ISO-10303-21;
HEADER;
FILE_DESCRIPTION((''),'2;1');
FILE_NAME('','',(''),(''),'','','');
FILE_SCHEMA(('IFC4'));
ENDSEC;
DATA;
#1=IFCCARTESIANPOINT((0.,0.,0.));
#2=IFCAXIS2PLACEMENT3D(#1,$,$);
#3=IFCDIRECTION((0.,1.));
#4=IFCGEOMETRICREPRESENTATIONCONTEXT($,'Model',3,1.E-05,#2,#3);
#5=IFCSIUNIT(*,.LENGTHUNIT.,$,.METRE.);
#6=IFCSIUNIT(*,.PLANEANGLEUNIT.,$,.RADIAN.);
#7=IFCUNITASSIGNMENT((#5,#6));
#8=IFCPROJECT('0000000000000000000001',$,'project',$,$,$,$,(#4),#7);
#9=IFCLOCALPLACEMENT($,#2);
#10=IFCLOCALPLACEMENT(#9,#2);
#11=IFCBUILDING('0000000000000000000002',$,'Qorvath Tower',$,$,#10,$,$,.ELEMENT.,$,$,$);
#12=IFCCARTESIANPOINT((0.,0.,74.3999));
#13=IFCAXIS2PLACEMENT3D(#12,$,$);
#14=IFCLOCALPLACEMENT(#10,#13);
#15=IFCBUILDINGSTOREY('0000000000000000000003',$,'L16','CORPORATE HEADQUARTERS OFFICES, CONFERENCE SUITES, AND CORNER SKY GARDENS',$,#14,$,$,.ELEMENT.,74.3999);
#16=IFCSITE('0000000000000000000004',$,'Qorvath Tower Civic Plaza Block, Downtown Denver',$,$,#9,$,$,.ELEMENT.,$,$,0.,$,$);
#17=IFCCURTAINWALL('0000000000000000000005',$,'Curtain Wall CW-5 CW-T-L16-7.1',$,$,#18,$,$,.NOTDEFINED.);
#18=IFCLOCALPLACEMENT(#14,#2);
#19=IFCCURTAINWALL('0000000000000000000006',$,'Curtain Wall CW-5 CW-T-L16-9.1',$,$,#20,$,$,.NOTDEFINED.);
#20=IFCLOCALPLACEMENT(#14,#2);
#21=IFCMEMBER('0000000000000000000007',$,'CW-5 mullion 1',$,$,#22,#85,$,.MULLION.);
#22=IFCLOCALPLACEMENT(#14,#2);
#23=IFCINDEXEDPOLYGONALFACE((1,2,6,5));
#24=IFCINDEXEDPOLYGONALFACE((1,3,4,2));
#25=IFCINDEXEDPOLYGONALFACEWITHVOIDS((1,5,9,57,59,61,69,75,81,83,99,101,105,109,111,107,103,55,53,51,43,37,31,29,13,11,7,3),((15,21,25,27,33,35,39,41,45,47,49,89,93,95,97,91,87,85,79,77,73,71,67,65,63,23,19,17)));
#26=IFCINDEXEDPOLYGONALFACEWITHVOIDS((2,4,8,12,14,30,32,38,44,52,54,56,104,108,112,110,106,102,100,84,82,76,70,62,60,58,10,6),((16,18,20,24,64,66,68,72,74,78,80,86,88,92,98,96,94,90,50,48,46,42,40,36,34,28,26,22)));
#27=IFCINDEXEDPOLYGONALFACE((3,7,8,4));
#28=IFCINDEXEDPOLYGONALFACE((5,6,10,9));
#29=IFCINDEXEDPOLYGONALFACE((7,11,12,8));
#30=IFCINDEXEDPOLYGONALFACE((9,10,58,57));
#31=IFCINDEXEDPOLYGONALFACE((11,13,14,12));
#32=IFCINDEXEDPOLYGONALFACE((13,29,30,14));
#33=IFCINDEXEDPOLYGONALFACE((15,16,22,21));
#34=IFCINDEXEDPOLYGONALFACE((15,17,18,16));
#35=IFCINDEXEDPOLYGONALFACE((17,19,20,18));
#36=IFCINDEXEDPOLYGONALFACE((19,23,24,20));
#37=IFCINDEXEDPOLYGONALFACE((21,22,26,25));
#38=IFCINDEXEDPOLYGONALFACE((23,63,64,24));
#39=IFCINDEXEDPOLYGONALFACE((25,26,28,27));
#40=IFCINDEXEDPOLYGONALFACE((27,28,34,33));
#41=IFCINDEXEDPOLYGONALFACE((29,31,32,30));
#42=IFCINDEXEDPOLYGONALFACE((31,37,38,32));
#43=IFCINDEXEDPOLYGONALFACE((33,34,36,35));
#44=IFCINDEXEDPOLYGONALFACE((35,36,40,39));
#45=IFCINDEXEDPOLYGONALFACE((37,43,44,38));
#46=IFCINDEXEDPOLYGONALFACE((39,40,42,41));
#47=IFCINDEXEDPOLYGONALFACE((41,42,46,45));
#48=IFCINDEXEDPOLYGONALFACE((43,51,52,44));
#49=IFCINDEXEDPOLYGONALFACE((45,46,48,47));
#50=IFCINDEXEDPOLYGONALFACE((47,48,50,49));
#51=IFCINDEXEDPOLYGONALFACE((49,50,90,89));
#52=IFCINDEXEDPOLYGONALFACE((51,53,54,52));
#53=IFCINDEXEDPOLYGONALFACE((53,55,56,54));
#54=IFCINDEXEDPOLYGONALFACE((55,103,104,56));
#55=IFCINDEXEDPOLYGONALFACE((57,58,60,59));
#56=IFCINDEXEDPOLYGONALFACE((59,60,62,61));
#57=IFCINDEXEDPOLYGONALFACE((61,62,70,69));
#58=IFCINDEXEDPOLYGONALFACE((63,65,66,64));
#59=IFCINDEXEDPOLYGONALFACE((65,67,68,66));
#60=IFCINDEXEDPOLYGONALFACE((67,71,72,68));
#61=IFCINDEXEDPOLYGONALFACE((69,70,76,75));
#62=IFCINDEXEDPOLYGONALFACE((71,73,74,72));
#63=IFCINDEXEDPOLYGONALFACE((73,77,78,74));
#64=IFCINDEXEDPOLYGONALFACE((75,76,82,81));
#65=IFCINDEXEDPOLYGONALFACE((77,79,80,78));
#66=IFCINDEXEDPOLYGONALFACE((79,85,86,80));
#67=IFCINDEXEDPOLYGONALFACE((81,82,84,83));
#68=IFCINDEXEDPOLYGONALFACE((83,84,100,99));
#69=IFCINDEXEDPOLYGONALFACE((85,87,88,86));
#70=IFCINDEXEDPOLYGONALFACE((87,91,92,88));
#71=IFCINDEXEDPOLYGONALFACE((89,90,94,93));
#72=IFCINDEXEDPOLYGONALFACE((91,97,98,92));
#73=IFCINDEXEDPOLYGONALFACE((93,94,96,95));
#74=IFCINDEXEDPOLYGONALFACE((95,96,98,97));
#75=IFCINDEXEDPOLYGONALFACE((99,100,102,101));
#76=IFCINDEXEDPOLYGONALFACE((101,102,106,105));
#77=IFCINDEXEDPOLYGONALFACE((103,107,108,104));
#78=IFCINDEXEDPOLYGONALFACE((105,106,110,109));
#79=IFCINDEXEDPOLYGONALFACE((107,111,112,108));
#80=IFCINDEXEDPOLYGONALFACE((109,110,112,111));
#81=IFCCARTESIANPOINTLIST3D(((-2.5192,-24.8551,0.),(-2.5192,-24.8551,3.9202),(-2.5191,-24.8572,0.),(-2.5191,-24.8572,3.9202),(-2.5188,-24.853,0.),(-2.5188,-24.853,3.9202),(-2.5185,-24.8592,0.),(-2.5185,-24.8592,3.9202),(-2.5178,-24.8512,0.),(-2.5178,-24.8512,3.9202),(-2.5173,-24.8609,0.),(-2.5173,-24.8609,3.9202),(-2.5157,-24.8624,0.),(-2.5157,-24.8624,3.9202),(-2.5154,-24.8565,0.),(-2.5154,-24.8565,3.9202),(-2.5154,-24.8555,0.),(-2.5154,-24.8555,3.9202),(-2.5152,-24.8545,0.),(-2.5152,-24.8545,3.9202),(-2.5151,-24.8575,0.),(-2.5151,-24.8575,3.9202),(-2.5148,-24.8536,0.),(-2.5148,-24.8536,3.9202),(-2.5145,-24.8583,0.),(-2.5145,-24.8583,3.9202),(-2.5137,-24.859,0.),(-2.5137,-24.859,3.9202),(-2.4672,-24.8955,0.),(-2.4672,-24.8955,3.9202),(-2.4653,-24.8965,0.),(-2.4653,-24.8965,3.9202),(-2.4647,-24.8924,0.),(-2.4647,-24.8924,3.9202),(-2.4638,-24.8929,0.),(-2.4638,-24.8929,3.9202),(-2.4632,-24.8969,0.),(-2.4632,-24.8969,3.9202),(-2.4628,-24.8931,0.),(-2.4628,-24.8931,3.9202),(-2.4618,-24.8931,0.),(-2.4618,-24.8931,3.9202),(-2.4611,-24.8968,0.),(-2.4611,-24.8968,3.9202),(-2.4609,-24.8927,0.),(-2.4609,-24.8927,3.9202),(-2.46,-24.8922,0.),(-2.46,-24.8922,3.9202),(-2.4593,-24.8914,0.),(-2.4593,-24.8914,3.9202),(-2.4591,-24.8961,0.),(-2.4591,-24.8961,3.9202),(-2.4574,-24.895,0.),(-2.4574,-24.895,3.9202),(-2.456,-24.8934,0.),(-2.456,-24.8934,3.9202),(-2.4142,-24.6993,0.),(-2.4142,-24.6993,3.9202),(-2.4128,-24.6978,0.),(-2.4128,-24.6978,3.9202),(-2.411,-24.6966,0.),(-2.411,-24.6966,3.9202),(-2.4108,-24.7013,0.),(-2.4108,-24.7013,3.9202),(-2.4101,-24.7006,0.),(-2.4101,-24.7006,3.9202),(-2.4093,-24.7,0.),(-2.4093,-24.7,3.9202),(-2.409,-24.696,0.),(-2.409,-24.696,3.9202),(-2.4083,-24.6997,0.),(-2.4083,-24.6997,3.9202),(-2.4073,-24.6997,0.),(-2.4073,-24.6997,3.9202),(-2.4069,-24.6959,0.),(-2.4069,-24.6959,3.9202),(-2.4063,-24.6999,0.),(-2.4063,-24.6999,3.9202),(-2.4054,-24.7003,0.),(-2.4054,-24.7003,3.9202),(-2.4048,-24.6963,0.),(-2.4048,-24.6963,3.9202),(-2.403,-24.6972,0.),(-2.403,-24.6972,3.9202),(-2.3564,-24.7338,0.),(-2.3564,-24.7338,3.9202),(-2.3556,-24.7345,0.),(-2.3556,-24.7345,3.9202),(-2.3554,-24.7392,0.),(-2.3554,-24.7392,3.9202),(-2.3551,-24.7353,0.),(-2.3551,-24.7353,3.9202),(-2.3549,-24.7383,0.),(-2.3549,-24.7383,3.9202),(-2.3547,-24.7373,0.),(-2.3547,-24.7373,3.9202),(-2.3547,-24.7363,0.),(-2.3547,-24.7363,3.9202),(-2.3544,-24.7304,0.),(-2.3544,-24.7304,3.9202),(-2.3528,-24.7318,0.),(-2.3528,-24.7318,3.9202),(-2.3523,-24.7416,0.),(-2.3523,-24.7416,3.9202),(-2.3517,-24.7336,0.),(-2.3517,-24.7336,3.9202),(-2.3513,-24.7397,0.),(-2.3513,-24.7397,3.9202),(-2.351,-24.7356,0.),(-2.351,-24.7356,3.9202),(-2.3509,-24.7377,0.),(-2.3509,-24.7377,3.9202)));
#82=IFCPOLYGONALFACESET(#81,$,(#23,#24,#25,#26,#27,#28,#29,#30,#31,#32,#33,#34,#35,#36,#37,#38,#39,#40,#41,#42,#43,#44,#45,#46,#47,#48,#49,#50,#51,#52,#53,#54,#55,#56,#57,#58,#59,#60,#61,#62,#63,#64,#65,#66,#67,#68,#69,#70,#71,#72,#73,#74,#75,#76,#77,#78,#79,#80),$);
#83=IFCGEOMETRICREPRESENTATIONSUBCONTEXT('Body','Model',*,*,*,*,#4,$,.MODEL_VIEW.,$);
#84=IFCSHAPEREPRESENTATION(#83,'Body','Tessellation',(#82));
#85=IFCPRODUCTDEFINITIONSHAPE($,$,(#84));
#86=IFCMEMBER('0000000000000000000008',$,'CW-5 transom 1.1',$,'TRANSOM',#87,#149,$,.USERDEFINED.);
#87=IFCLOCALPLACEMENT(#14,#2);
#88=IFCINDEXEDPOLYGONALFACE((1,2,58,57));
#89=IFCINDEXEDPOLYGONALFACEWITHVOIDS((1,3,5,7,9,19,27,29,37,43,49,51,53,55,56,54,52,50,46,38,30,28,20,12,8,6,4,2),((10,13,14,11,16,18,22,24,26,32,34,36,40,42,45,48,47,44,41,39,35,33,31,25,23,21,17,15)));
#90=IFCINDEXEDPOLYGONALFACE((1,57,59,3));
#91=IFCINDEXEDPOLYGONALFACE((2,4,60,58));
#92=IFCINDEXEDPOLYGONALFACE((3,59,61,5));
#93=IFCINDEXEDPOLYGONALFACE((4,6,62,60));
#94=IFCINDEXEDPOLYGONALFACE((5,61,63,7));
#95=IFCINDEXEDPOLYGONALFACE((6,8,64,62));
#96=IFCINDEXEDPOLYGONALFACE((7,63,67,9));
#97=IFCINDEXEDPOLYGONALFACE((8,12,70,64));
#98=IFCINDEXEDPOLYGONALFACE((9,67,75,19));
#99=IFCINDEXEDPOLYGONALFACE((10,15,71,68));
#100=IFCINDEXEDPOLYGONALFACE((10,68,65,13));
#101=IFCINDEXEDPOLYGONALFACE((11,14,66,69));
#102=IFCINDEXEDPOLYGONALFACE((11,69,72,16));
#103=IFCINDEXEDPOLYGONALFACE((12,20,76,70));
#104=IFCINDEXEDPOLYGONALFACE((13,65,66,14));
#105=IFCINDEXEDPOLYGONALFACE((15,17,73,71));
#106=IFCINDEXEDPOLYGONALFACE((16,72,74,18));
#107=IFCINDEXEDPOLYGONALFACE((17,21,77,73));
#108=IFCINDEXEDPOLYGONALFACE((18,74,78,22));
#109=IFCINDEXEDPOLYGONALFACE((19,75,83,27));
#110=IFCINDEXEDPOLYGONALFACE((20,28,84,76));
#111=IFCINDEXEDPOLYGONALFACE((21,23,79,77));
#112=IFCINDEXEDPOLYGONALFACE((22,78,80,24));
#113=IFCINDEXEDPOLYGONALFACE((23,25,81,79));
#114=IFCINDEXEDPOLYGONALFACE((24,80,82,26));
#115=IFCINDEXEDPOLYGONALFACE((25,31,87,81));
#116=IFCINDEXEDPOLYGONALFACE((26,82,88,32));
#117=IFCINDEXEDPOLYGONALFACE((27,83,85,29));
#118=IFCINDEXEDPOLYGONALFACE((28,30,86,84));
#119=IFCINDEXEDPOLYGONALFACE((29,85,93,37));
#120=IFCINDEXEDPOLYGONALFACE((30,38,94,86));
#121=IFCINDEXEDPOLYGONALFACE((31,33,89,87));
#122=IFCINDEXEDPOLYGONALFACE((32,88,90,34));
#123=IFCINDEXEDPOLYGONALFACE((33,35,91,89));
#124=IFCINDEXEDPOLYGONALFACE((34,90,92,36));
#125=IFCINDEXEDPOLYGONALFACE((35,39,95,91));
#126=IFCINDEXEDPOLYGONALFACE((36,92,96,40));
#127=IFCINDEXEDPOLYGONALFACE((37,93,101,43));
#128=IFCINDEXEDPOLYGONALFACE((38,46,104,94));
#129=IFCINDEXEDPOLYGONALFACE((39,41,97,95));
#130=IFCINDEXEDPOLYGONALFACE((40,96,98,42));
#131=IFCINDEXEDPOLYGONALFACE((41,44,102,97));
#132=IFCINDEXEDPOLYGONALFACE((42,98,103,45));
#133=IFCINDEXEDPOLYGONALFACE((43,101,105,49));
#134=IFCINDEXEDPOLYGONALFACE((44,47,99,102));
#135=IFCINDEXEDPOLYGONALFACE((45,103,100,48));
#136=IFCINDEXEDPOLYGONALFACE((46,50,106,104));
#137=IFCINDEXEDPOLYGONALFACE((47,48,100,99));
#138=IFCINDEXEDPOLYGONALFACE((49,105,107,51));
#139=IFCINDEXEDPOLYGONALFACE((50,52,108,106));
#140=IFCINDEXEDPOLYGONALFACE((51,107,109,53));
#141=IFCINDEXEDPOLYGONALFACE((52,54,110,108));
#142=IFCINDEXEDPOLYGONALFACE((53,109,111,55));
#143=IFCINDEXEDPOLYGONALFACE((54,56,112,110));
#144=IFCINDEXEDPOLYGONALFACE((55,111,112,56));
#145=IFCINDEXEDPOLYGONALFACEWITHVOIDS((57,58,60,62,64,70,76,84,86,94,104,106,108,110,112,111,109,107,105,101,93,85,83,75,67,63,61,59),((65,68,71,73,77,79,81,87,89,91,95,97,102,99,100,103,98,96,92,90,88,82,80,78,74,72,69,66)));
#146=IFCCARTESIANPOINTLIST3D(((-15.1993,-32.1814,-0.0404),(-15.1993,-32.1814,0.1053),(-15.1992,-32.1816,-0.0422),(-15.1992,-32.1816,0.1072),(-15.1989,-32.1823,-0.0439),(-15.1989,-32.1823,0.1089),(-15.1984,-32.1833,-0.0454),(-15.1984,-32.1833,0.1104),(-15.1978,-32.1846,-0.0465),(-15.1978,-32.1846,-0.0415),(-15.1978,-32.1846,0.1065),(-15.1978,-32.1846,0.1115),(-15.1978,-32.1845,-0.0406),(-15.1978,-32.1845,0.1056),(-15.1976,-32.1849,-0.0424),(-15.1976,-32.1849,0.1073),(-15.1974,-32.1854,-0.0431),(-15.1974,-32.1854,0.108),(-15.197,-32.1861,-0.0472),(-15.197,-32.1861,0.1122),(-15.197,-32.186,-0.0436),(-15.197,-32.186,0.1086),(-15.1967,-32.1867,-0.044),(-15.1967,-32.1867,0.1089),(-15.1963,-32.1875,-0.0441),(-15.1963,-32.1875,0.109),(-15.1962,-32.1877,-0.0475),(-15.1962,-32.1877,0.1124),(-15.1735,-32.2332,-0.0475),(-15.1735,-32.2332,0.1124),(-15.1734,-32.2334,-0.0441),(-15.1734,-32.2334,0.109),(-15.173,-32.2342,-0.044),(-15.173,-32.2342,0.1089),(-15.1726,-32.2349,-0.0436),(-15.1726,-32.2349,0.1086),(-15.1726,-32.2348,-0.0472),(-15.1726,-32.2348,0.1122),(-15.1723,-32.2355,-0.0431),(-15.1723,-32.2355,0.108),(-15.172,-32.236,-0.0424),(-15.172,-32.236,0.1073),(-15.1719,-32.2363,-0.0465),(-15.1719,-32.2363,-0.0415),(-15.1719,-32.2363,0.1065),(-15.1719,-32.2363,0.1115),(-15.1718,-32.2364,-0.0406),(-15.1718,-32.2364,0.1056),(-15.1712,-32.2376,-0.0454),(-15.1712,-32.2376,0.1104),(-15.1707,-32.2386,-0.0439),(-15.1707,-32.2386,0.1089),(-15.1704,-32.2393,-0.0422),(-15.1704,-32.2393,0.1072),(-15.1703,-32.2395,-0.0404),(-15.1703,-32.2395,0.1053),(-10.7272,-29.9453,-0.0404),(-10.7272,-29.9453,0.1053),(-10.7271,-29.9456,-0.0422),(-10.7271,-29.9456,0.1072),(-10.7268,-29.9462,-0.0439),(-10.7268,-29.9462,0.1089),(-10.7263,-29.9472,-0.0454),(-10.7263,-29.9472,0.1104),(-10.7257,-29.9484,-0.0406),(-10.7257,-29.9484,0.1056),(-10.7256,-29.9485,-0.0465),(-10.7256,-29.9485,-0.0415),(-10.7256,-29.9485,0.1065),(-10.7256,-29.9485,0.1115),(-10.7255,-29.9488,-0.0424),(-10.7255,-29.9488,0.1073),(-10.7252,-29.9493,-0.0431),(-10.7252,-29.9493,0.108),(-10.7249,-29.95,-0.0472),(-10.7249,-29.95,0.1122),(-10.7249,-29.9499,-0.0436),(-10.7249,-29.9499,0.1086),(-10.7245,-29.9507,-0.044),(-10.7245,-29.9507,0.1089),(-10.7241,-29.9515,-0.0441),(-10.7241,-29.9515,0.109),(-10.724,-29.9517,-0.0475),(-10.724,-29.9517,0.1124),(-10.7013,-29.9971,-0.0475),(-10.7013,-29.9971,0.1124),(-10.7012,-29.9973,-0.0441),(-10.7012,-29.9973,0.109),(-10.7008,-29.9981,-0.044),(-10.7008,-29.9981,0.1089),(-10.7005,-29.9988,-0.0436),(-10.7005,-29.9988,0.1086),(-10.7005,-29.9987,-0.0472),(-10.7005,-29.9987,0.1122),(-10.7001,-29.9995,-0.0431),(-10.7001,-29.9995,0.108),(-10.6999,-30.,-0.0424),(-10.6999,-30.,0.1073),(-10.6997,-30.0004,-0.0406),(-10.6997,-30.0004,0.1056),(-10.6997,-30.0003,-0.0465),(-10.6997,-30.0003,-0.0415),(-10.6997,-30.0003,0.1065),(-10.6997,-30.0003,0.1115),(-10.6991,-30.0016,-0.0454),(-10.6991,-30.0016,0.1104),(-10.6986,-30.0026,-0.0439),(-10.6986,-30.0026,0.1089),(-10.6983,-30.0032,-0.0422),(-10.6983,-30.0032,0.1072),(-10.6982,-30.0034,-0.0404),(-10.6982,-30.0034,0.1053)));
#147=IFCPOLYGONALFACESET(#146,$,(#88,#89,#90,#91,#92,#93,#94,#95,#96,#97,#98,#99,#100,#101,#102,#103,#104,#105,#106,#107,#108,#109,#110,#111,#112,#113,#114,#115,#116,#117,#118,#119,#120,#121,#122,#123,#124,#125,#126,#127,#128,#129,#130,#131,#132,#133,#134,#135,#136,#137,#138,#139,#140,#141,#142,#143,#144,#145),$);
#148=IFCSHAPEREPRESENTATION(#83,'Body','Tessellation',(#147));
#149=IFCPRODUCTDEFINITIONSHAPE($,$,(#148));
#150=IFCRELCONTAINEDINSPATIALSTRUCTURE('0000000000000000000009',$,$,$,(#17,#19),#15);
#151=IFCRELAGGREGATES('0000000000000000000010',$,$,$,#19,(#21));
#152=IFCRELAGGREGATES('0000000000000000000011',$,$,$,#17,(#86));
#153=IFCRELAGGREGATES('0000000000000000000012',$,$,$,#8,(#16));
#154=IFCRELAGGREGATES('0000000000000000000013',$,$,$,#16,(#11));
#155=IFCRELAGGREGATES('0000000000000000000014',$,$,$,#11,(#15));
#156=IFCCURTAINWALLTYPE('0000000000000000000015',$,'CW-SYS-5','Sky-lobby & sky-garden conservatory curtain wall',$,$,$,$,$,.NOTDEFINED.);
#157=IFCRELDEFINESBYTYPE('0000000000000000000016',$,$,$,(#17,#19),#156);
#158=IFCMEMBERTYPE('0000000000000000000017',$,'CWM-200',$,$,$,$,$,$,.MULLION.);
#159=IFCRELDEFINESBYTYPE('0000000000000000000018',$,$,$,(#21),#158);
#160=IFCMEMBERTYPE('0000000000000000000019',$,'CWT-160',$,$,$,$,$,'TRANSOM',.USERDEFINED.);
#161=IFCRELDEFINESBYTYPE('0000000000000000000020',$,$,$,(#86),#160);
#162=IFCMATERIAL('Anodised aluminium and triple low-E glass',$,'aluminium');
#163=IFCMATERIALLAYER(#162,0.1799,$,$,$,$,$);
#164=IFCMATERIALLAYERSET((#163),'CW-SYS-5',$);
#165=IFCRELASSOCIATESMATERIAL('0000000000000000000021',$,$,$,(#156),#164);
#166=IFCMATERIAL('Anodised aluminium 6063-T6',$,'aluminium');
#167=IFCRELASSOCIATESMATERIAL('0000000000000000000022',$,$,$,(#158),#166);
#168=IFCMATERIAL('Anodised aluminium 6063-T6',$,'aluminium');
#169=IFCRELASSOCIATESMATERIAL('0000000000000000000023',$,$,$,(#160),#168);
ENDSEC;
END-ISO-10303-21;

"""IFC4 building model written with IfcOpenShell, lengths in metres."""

from ifc_helpers import new_model, si_unit, direction, frame, origin, origin_2d, place, context, subcontext, project, spatial, hollow_rectangle, extrude, material, layer, layer_set, material_profile, profile_set, type_object, element, aggregate, save


model = new_model("IFC4")

# Units and contexts
model_context = context("Model", 3, precision=1e-05, world=origin(), true_north=direction((0.0, 1.0)))
body_context = subcontext(model_context, "Body", "Model", "MODEL_VIEW")
ifc_project = project(units=[si_unit("LENGTHUNIT", "METRE"), si_unit("PLANEANGLEUNIT", "RADIAN")], contexts=[model_context])

# Site, building, storey
site_placement = place(None, origin())
site = spatial("IfcSite", under=ifc_project, at=site_placement, Name="Qorvath Tower Civic Plaza Block, Downtown Denver", CompositionType="ELEMENT", RefElevation=0.0)
building_placement = place(site_placement, origin())
building = spatial("IfcBuilding", under=site, at=building_placement, Name="Qorvath Tower", CompositionType="ELEMENT")
storey_placement = place(building_placement, frame((0.0, 0.0, 74.3999)))
storey = spatial("IfcBuildingStorey", under=building, at=storey_placement, Name="L16", Description="CORPORATE HEADQUARTERS OFFICES, CONFERENCE SUITES, AND CORNER SKY GARDENS", CompositionType="ELEMENT", Elevation=74.3999)

# Shared definitions
ifc_material_1 = material(Name="Anodised aluminium and triple low-E glass", Category="aluminium")
ifc_layer_1 = layer(ifc_material_1, 0.1799)
ifc_layer_set_1 = layer_set([ifc_layer_1], Name="CW-SYS-5")
curtain_wall_type = type_object("IfcCurtainWallType", Name="CW-SYS-5", Description="Sky-lobby & sky-garden conservatory curtain wall", PredefinedType="NOTDEFINED", material=ifc_layer_set_1)
ifc_material_2 = material(Name="Anodised aluminium 6063-T6", Category="aluminium")
ifc_material_profile_1 = material_profile(ifc_material_2, hollow_rectangle(XDim=0.075, YDim=0.2, WallThickness=0.0039, InnerFilletRadius=0.0039, OuterFilletRadius=0.0081, at=origin_2d()), Name="CWM 200x75")
ifc_profile_set_1 = profile_set([ifc_material_profile_1], Name="Anodised aluminium 6063-T6")
member_type_1 = type_object("IfcMemberType", Name="CWM-200", PredefinedType="MULLION", material=ifc_profile_set_1)

# Curtain wall
curtain_wall_1_placement = place(storey_placement, origin())
curtain_wall_1 = element("IfcCurtainWall", 1, at=curtain_wall_1_placement, inside=storey, type_object=curtain_wall_type, Name="Curtain Wall CW-5 CW-T-L16-7.1", PredefinedType="NOTDEFINED")

# Curtain wall, member
curtain_wall_2_placement = place(storey_placement, origin())
curtain_wall_2 = element("IfcCurtainWall", 2, at=curtain_wall_2_placement, inside=storey, type_object=curtain_wall_type, Name="Curtain Wall CW-5 CW-T-L16-9.1", PredefinedType="NOTDEFINED")
member_1_placement = place(storey_placement, frame((-2.4351, -24.7964, 0.0), z_axis=(0.0, 0.0, 1.0), x_axis=(-0.825776, 0.563998, 0.0)))
member_1 = element("IfcMember", 3, at=member_1_placement, type_object=member_type_1, Name="CW-5 mullion 1", PredefinedType="MULLION", context=body_context, shape_type="SweptSolid", body=[
    extrude(hollow_rectangle(XDim=0.075, YDim=0.2, WallThickness=0.0039, InnerFilletRadius=0.0039, OuterFilletRadius=0.0081, at=origin_2d()), origin(), (0.0, 0.0, 1.0), 3.9202),
])

# Member
ifc_material_3 = material(Name="Anodised aluminium 6063-T6", Category="aluminium")
ifc_material_profile_2 = material_profile(ifc_material_3, hollow_rectangle(XDim=0.0649, YDim=0.1599, WallThickness=0.0034, InnerFilletRadius=0.0034, OuterFilletRadius=0.0071, at=origin_2d()), Name="CWT 160x65")
ifc_profile_set_2 = profile_set([ifc_material_profile_2], Name="Anodised aluminium 6063-T6")
member_type_2 = type_object("IfcMemberType", Name="CWT-160", ElementType="TRANSOM", PredefinedType="USERDEFINED", material=ifc_profile_set_2)
member_2_placement = place(storey_placement, frame((-15.1848, -32.2104, 0.0325), z_axis=(0.894427, 0.447214, 0.0), x_axis=(-0.447214, 0.894427, 0.0)))
member_2 = element("IfcMember", 4, at=member_2_placement, type_object=member_type_2, Name="CW-5 transom 1.1", ObjectType="TRANSOM", PredefinedType="USERDEFINED", context=body_context, shape_type="SweptSolid", body=[
    extrude(hollow_rectangle(XDim=0.0649, YDim=0.1599, WallThickness=0.0034, InnerFilletRadius=0.0034, OuterFilletRadius=0.0071, at=origin_2d()), origin(), (0.0, 0.0, 1.0), 5.0),
])
aggregate(curtain_wall_2, [member_1])

aggregate(curtain_wall_1, [member_2])

save(model, "model.ifc")
